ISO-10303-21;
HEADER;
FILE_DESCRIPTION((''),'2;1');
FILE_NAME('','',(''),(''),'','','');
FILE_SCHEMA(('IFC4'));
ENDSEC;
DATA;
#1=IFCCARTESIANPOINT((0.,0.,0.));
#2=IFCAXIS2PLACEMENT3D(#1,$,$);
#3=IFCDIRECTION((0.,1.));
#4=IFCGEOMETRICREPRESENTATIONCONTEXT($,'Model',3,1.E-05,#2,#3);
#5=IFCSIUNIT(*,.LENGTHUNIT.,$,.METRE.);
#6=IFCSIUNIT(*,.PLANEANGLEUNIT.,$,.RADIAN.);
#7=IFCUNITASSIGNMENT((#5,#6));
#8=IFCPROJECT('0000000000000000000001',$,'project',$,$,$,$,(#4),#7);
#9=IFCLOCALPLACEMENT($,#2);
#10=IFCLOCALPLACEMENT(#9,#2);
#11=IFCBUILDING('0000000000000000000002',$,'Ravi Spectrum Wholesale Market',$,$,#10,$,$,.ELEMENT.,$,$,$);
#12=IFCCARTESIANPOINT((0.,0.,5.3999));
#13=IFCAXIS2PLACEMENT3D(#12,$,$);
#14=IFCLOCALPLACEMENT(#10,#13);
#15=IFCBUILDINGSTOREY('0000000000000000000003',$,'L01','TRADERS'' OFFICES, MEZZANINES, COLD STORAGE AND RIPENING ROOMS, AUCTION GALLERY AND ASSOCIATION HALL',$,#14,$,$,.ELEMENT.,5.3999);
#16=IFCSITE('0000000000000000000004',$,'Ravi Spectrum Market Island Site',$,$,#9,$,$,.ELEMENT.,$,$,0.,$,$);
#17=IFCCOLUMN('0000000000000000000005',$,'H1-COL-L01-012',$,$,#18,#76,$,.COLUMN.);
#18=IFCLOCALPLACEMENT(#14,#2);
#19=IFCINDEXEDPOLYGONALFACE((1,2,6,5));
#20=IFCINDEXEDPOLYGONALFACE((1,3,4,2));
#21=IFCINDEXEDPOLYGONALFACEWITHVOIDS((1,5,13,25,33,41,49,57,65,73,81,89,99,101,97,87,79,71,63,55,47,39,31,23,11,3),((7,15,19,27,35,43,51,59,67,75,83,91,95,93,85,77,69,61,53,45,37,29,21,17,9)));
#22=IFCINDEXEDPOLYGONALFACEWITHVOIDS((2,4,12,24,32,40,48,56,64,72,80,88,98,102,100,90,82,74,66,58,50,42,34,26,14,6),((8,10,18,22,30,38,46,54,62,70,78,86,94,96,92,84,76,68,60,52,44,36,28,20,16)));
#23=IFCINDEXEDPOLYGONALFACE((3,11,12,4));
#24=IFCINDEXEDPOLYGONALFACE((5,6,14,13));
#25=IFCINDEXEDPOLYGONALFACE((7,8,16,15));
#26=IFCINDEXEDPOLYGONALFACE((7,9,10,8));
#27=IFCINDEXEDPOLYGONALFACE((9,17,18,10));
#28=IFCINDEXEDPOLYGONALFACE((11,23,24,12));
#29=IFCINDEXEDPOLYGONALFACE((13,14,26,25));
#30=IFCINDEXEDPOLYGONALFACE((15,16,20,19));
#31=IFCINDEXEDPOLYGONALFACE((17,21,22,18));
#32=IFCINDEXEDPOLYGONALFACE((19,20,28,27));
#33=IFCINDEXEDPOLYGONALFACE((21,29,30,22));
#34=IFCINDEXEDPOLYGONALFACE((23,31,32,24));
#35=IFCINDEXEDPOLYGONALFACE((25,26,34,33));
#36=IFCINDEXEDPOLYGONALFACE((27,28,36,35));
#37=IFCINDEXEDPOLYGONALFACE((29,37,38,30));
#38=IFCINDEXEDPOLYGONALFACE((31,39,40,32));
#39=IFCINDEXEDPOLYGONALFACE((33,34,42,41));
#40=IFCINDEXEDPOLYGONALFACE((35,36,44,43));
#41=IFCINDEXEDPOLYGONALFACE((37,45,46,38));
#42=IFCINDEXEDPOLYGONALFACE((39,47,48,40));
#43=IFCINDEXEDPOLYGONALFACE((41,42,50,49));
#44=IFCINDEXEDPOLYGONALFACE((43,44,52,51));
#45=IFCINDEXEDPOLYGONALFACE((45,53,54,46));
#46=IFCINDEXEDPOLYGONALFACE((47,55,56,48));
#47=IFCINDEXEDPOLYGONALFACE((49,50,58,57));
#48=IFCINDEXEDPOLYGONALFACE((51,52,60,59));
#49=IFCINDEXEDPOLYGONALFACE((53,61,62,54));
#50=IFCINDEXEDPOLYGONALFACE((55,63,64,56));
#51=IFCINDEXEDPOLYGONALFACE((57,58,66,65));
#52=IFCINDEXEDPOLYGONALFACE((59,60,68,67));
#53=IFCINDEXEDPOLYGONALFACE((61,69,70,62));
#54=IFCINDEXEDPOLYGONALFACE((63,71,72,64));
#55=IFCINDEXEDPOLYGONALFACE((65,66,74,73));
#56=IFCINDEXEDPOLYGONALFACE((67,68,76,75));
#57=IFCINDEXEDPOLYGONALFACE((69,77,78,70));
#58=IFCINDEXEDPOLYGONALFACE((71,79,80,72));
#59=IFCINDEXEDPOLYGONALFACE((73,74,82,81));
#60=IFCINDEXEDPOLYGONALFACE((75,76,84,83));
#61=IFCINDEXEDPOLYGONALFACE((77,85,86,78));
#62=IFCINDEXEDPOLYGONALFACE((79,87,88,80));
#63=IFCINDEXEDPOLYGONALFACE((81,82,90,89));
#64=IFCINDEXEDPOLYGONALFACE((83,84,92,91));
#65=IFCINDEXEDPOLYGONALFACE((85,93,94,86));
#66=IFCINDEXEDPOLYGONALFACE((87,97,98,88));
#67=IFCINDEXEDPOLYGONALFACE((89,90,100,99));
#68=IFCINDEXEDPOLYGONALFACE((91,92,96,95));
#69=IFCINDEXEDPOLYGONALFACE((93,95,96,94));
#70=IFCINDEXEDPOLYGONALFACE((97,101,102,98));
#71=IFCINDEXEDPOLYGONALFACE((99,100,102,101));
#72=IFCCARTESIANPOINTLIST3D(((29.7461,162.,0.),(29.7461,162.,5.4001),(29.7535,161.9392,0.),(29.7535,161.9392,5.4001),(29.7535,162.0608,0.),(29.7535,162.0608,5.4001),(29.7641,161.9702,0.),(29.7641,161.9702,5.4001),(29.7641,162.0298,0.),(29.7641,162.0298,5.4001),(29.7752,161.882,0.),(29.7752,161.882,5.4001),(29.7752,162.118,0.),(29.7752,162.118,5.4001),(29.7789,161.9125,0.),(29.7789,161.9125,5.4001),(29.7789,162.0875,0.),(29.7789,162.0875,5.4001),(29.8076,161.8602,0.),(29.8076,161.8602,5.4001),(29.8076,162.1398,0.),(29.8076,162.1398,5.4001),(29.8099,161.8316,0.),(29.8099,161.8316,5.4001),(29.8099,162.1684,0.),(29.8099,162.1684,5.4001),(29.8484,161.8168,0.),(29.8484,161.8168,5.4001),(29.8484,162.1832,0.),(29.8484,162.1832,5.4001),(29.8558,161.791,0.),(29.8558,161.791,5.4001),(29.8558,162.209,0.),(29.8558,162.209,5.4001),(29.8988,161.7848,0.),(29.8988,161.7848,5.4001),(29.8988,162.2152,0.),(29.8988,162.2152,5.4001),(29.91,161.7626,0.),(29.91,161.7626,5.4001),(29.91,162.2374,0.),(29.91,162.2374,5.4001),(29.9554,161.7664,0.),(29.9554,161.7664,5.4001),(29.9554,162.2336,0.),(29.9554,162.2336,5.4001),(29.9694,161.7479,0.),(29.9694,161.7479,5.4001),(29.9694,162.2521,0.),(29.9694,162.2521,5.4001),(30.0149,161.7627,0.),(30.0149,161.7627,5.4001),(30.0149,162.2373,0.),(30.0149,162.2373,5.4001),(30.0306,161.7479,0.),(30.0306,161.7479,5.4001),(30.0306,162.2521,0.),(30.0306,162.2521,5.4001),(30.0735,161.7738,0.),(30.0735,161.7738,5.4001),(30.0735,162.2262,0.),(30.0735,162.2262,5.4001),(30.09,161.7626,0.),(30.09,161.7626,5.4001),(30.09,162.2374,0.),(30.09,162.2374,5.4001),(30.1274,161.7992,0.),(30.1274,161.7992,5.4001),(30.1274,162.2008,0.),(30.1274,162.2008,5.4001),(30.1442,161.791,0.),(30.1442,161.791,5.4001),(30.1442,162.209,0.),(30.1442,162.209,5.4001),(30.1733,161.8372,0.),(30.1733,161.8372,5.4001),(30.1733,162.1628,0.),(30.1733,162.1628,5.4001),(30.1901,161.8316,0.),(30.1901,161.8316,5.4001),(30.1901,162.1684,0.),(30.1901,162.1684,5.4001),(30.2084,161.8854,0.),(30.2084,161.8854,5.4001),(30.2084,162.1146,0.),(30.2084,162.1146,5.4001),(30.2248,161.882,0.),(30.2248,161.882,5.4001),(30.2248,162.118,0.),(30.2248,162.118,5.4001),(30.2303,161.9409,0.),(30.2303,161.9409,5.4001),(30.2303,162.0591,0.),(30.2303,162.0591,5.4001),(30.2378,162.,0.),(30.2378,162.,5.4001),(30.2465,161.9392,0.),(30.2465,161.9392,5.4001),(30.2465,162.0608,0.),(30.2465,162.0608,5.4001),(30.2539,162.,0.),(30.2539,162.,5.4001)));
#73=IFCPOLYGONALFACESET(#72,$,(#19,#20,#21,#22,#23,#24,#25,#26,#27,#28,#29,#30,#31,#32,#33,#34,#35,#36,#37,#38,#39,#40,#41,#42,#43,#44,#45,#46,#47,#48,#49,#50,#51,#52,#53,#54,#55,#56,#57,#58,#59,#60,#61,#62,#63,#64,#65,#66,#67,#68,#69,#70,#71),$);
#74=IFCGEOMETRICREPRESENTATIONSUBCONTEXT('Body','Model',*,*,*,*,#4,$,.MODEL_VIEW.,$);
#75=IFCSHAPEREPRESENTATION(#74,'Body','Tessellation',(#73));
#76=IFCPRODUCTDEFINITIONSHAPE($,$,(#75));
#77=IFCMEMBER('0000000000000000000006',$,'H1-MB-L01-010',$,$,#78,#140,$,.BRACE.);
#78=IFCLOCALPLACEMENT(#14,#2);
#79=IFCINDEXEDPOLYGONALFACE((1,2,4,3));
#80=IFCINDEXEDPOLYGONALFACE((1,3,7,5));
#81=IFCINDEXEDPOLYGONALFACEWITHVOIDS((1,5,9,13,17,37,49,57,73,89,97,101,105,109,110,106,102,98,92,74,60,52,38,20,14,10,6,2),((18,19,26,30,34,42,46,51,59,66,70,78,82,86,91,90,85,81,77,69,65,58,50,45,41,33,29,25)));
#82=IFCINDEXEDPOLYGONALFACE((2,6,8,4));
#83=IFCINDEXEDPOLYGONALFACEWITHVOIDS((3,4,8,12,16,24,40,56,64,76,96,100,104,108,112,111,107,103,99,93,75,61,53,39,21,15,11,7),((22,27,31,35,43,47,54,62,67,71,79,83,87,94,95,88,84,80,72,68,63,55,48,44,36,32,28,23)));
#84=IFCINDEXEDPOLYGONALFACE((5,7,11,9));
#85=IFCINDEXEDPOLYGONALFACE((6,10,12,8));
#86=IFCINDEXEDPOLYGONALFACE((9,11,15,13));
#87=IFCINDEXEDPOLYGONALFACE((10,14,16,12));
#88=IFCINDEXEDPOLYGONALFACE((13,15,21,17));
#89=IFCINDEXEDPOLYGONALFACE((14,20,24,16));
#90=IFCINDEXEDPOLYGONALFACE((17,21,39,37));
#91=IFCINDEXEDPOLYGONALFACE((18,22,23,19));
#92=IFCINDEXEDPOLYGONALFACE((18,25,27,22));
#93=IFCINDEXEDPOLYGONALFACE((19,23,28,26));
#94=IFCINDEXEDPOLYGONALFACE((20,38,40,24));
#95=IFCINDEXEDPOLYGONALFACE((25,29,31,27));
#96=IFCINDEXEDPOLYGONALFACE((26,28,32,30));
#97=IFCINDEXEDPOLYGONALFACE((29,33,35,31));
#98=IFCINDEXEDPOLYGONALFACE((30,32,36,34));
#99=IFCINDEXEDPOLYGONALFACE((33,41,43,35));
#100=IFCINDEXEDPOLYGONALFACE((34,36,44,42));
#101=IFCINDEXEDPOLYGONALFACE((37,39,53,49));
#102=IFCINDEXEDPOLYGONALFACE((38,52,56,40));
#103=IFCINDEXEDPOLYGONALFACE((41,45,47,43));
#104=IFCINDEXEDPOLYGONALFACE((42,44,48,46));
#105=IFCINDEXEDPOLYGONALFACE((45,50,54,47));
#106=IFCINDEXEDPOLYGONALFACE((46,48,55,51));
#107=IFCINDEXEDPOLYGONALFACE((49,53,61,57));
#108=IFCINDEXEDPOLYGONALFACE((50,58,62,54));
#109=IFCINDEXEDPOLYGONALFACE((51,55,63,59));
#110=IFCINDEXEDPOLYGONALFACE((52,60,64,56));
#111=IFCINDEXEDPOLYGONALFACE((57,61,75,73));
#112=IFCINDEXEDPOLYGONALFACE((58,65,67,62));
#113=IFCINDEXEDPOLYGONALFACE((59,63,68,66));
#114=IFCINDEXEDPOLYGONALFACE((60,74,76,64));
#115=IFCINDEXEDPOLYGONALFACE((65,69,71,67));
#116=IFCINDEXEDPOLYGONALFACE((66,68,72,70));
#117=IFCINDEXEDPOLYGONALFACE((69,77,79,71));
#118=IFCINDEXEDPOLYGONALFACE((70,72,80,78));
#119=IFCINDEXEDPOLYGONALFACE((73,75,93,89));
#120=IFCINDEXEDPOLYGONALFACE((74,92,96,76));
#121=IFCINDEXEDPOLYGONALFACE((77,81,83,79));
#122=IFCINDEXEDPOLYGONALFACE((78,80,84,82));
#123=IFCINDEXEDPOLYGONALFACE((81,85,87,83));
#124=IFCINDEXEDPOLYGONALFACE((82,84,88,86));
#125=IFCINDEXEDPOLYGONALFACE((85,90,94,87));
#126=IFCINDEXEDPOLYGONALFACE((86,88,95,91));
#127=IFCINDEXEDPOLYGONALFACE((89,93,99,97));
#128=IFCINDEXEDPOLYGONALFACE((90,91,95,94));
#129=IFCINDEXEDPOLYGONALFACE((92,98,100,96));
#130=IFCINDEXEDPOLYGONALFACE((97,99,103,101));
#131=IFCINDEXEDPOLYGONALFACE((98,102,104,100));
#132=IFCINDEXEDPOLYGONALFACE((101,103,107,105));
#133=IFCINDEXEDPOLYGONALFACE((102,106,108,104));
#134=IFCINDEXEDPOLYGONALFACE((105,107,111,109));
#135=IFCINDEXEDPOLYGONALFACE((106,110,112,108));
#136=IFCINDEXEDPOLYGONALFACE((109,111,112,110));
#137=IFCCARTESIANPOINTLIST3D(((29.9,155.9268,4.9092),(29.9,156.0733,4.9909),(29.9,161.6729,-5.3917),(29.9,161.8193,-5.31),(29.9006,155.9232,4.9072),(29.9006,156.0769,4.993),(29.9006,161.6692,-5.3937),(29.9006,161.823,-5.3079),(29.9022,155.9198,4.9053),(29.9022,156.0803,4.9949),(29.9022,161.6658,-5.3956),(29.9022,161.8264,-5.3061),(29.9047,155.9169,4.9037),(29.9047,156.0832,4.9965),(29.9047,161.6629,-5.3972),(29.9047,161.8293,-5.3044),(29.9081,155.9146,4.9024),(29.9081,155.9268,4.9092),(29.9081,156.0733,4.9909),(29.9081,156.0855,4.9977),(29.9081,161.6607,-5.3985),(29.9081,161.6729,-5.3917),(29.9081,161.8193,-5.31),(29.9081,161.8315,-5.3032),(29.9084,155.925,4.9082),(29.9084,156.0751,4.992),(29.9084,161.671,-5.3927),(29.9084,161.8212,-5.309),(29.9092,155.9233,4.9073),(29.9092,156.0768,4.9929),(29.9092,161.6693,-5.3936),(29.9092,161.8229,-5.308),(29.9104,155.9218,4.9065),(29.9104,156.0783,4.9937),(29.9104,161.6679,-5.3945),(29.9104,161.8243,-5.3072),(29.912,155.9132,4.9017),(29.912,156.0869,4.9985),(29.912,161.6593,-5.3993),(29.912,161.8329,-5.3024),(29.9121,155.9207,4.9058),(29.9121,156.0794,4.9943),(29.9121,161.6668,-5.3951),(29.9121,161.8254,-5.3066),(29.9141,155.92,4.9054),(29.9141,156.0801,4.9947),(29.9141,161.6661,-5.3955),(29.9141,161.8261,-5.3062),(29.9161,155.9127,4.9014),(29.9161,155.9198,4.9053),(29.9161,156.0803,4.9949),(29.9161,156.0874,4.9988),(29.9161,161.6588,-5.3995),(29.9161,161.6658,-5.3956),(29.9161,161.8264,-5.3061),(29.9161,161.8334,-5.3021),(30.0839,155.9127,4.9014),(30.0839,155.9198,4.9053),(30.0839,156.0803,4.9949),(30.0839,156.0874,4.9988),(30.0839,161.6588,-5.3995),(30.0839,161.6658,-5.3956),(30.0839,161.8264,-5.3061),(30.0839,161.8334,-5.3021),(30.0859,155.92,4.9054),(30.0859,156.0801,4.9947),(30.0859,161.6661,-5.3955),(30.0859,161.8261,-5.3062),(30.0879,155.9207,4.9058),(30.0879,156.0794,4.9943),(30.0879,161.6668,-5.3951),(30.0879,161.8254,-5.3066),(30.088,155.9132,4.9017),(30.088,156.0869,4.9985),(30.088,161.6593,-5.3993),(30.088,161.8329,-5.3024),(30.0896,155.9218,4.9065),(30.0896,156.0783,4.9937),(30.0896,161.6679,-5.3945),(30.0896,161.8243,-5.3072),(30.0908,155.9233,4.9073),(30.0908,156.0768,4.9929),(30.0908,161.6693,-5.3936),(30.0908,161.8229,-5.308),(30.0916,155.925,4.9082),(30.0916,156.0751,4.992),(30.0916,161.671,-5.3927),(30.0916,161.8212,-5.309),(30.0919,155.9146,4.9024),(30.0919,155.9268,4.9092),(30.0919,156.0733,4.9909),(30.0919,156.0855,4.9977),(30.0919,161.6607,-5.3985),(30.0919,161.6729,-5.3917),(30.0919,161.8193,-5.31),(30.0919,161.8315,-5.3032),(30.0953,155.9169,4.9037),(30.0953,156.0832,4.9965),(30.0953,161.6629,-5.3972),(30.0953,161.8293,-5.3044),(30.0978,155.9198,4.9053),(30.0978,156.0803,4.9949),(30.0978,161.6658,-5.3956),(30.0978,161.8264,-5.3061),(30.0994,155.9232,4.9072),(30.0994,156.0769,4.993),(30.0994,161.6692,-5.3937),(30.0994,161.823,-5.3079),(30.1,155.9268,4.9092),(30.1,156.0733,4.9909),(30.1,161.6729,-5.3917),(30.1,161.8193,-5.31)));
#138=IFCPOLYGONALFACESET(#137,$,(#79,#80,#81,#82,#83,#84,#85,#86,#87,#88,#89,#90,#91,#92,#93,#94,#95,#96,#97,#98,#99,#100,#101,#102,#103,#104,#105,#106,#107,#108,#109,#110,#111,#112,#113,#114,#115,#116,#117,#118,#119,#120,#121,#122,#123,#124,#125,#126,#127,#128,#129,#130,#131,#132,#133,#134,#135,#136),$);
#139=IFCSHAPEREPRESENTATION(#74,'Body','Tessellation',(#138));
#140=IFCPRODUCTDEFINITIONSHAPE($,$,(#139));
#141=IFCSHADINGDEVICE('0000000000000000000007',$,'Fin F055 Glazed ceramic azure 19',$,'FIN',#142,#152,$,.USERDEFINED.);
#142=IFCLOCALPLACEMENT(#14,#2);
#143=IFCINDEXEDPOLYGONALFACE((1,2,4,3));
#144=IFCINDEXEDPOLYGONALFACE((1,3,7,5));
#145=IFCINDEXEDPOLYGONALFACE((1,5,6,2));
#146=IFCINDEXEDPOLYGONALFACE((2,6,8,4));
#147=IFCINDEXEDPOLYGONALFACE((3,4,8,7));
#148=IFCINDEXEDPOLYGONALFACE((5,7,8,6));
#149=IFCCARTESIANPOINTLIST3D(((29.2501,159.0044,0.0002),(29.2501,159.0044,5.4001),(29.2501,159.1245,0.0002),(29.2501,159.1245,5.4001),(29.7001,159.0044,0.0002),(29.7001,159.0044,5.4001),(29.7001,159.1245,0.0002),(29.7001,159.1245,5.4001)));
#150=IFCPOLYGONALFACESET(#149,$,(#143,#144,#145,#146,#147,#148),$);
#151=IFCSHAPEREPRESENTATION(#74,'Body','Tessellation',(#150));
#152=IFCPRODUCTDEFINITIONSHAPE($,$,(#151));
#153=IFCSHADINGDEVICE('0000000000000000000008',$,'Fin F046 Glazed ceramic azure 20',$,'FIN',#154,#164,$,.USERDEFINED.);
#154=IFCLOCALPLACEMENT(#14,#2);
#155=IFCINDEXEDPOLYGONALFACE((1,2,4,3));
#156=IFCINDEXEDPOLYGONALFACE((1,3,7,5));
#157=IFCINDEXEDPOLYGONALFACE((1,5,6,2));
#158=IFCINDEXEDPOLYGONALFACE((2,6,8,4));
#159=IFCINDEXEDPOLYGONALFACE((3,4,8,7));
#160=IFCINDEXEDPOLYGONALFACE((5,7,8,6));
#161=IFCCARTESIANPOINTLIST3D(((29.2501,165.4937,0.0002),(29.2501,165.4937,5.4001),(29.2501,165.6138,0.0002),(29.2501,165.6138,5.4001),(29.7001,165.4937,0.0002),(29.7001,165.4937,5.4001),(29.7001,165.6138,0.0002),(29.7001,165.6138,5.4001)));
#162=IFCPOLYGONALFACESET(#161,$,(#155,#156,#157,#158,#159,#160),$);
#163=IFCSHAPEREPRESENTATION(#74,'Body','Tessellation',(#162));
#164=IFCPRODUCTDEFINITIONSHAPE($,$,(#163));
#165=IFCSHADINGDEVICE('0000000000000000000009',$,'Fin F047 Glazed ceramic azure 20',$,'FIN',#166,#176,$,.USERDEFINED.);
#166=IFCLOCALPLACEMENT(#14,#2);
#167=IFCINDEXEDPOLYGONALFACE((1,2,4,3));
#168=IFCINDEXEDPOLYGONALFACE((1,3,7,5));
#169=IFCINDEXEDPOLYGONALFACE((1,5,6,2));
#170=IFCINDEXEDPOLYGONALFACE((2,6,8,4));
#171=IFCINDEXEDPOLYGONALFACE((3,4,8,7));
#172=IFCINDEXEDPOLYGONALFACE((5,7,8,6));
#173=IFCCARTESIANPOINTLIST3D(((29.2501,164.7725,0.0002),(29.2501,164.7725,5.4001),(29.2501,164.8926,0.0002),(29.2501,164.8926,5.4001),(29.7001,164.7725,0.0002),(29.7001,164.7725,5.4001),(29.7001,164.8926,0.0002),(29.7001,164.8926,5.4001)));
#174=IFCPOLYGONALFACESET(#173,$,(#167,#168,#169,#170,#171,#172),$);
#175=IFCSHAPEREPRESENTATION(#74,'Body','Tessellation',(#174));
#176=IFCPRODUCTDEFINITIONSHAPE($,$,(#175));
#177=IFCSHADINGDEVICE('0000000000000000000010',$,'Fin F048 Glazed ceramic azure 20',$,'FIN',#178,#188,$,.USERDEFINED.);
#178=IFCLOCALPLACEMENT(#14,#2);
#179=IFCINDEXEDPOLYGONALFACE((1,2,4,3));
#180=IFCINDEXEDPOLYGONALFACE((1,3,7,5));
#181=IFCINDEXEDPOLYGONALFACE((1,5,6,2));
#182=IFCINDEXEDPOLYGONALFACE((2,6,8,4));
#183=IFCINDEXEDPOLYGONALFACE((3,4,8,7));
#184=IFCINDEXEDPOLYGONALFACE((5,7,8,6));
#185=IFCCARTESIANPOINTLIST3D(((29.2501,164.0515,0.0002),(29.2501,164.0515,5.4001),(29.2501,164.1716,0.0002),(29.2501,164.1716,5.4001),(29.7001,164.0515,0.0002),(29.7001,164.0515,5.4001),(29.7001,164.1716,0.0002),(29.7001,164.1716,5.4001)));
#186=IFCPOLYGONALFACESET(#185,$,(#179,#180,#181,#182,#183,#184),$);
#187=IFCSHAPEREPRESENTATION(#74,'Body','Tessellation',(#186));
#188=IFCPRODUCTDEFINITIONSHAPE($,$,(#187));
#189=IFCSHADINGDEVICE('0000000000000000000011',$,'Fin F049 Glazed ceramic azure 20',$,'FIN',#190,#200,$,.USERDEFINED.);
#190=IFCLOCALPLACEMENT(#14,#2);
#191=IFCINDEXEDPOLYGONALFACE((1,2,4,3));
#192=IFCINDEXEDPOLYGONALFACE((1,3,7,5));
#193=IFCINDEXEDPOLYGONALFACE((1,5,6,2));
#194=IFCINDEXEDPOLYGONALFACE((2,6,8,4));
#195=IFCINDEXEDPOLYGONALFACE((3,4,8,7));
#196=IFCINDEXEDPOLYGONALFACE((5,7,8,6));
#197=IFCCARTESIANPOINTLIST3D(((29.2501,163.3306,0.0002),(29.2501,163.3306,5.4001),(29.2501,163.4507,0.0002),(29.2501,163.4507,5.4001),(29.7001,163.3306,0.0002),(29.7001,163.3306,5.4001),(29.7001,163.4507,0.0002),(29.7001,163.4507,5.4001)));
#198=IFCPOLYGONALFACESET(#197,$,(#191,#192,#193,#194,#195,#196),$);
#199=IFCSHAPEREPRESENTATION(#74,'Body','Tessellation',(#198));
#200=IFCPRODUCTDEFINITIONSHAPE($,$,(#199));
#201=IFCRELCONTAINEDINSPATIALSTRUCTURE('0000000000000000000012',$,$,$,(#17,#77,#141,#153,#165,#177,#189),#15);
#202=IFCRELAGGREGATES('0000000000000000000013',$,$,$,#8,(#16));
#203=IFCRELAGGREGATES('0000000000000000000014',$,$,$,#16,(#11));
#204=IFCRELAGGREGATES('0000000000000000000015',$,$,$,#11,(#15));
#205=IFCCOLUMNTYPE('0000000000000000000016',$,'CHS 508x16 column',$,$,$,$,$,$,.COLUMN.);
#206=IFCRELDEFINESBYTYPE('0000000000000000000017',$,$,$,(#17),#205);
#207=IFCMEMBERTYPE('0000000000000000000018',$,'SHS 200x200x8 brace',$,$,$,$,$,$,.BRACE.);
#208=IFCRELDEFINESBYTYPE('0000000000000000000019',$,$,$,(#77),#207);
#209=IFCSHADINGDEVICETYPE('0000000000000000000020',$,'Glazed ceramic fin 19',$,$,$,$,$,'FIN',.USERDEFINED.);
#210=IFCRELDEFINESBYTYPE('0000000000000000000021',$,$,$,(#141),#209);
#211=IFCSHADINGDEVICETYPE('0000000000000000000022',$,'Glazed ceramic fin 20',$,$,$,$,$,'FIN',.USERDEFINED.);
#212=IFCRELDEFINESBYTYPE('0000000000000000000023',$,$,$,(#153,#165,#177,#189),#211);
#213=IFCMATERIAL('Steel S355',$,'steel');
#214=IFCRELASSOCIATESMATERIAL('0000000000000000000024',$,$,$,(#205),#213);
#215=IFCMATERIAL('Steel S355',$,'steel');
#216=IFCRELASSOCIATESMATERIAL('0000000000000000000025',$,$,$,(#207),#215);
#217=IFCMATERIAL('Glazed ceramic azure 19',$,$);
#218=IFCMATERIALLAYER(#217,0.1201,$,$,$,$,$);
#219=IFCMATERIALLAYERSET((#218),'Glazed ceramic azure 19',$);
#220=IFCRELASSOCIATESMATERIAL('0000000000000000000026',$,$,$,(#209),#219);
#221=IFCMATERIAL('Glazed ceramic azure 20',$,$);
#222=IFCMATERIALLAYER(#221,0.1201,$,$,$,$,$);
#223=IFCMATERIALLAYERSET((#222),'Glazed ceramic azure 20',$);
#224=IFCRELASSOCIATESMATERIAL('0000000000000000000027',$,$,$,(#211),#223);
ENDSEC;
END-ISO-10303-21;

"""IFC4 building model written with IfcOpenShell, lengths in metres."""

from ifc_helpers import new_model, si_unit, direction, frame, origin, origin_2d, place, context, subcontext, project, spatial, rectangle, hollow_rectangle, hollow_circle, extrude, material, layer, layer_set, material_profile, profile_set, type_object, element, save


model = new_model("IFC4")

# Units and contexts
model_context = context("Model", 3, precision=1e-05, world=origin(), true_north=direction((0.0, 1.0)))
body_context = subcontext(model_context, "Body", "Model", "MODEL_VIEW")
ifc_project = project(units=[si_unit("LENGTHUNIT", "METRE"), si_unit("PLANEANGLEUNIT", "RADIAN")], contexts=[model_context])

# Site, building, storey
site_placement = place(None, origin())
site = spatial("IfcSite", under=ifc_project, at=site_placement, Name="Ravi Spectrum Market Island Site", CompositionType="ELEMENT", RefElevation=0.0)
building_placement = place(site_placement, origin())
building = spatial("IfcBuilding", under=site, at=building_placement, Name="Ravi Spectrum Wholesale Market", CompositionType="ELEMENT")
storey_placement = place(building_placement, frame((0.0, 0.0, 5.3999)))
storey = spatial("IfcBuildingStorey", under=building, at=storey_placement, Name="L01", Description="TRADERS' OFFICES, MEZZANINES, COLD STORAGE AND RIPENING ROOMS, AUCTION GALLERY AND ASSOCIATION HALL", CompositionType="ELEMENT", Elevation=5.3999)

# Column
ifc_material_1 = material(Name="Steel S355", Category="steel")
ifc_material_profile_1 = material_profile(ifc_material_1, hollow_circle(Radius=0.2539, WallThickness=0.0161, at=origin_2d()))
ifc_profile_set_1 = profile_set([ifc_material_profile_1], Name="Steel S355")
column_type = type_object("IfcColumnType", Name="CHS 508x16 column", PredefinedType="COLUMN", material=ifc_profile_set_1)
column_placement = place(storey_placement, frame((30.0, 162.0, 0.0), z_axis=(0.0, 0.0, 1.0), x_axis=(1.0, 0.0, 0.0)))
element("IfcColumn", 1, at=column_placement, inside=storey, type_object=column_type, Name="H1-COL-L01-012", PredefinedType="COLUMN", context=body_context, shape_type="SweptSolid", body=[
    extrude(hollow_circle(Radius=0.2539, WallThickness=0.0161, at=origin_2d()), origin(), (0.0, 0.0, 1.0), 5.4001),
])

# Member
ifc_material_2 = material(Name="Steel S355", Category="steel")
ifc_material_profile_2 = material_profile(ifc_material_2, hollow_rectangle(XDim=0.2, YDim=0.2, WallThickness=0.0081, InnerFilletRadius=0.0081, OuterFilletRadius=0.0161, at=origin_2d()))
ifc_profile_set_2 = profile_set([ifc_material_profile_2], Name="Steel S355")
member_type = type_object("IfcMemberType", Name="SHS 200x200x8 brace", PredefinedType="BRACE", material=ifc_profile_set_2)
member_placement = place(storey_placement, frame((30.0, 161.7461, -5.3508), z_axis=(0.0, -0.487152, 0.873317), x_axis=(1.0, 0.0, 0.0)))
element("IfcMember", 2, at=member_placement, inside=storey, type_object=member_type, Name="H1-MB-L01-010", PredefinedType="BRACE", context=body_context, shape_type="SweptSolid", body=[
    extrude(hollow_rectangle(XDim=0.2, YDim=0.2, WallThickness=0.0081, InnerFilletRadius=0.0081, OuterFilletRadius=0.0161, at=origin_2d()), origin(), (0.0, 0.0, 1.0), 11.7952),
])

# Shading devices
ifc_material_3 = material(Name="Glazed ceramic azure 19")
ifc_layer_1 = layer(ifc_material_3, 0.1201)
ifc_layer_set_1 = layer_set([ifc_layer_1], Name="Glazed ceramic azure 19")
shading_device_type_1 = type_object("IfcShadingDeviceType", Name="Glazed ceramic fin 19", ElementType="FIN", PredefinedType="USERDEFINED", material=ifc_layer_set_1)
shading_device_placement = place(storey_placement, frame((29.4751, 159.0645, 0.0002), z_axis=(0.0, 0.0, 1.0), x_axis=(0.0, -1.0, 0.0)))
element("IfcShadingDevice", 3, at=shading_device_placement, inside=storey, type_object=shading_device_type_1, Name="Fin F055 Glazed ceramic azure 19", ObjectType="FIN", PredefinedType="USERDEFINED", context=body_context, shape_type="SweptSolid", body=[
    extrude(rectangle(XDim=0.1201, YDim=0.45, at=origin_2d()), origin(), (0.0, 0.0, 1.0), 5.3999),
])
ifc_material_4 = material(Name="Glazed ceramic azure 20")
ifc_layer_2 = layer(ifc_material_4, 0.1201)
ifc_layer_set_2 = layer_set([ifc_layer_2], Name="Glazed ceramic azure 20")
shading_device_type_2 = type_object("IfcShadingDeviceType", Name="Glazed ceramic fin 20", ElementType="FIN", PredefinedType="USERDEFINED", material=ifc_layer_set_2)
for number, where, z_axis, x_axis, name in (
    (4, (29.4751, 165.5537, 0.0002), (0.0, 0.0, 1.0), (0.0, -1.0, 0.0), "Fin F046 Glazed ceramic azure 20"),
    (5, (29.4751, 164.8325, 0.0002), (0.0, 0.0, 1.0), (0.0, -1.0, 0.0), "Fin F047 Glazed ceramic azure 20"),
    (6, (29.4751, 164.1116, 0.0002), (0.0, 0.0, 1.0), (0.0, -1.0, 0.0), "Fin F048 Glazed ceramic azure 20"),
    (7, (29.4751, 163.3906, 0.0002), (0.0, 0.0, 1.0), (0.0, -1.0, 0.0), "Fin F049 Glazed ceramic azure 20"),
):
    element("IfcShadingDevice", number, at=place(storey_placement, frame(where, z_axis=z_axis, x_axis=x_axis)), inside=storey, type_object=shading_device_type_2, Name=name, ObjectType="FIN", PredefinedType="USERDEFINED", context=body_context, shape_type="SweptSolid", body=[
        extrude(rectangle(XDim=0.1201, YDim=0.45, at=origin_2d()), origin(), (0.0, 0.0, 1.0), 5.3999),
    ])

save(model, "model.ifc")
